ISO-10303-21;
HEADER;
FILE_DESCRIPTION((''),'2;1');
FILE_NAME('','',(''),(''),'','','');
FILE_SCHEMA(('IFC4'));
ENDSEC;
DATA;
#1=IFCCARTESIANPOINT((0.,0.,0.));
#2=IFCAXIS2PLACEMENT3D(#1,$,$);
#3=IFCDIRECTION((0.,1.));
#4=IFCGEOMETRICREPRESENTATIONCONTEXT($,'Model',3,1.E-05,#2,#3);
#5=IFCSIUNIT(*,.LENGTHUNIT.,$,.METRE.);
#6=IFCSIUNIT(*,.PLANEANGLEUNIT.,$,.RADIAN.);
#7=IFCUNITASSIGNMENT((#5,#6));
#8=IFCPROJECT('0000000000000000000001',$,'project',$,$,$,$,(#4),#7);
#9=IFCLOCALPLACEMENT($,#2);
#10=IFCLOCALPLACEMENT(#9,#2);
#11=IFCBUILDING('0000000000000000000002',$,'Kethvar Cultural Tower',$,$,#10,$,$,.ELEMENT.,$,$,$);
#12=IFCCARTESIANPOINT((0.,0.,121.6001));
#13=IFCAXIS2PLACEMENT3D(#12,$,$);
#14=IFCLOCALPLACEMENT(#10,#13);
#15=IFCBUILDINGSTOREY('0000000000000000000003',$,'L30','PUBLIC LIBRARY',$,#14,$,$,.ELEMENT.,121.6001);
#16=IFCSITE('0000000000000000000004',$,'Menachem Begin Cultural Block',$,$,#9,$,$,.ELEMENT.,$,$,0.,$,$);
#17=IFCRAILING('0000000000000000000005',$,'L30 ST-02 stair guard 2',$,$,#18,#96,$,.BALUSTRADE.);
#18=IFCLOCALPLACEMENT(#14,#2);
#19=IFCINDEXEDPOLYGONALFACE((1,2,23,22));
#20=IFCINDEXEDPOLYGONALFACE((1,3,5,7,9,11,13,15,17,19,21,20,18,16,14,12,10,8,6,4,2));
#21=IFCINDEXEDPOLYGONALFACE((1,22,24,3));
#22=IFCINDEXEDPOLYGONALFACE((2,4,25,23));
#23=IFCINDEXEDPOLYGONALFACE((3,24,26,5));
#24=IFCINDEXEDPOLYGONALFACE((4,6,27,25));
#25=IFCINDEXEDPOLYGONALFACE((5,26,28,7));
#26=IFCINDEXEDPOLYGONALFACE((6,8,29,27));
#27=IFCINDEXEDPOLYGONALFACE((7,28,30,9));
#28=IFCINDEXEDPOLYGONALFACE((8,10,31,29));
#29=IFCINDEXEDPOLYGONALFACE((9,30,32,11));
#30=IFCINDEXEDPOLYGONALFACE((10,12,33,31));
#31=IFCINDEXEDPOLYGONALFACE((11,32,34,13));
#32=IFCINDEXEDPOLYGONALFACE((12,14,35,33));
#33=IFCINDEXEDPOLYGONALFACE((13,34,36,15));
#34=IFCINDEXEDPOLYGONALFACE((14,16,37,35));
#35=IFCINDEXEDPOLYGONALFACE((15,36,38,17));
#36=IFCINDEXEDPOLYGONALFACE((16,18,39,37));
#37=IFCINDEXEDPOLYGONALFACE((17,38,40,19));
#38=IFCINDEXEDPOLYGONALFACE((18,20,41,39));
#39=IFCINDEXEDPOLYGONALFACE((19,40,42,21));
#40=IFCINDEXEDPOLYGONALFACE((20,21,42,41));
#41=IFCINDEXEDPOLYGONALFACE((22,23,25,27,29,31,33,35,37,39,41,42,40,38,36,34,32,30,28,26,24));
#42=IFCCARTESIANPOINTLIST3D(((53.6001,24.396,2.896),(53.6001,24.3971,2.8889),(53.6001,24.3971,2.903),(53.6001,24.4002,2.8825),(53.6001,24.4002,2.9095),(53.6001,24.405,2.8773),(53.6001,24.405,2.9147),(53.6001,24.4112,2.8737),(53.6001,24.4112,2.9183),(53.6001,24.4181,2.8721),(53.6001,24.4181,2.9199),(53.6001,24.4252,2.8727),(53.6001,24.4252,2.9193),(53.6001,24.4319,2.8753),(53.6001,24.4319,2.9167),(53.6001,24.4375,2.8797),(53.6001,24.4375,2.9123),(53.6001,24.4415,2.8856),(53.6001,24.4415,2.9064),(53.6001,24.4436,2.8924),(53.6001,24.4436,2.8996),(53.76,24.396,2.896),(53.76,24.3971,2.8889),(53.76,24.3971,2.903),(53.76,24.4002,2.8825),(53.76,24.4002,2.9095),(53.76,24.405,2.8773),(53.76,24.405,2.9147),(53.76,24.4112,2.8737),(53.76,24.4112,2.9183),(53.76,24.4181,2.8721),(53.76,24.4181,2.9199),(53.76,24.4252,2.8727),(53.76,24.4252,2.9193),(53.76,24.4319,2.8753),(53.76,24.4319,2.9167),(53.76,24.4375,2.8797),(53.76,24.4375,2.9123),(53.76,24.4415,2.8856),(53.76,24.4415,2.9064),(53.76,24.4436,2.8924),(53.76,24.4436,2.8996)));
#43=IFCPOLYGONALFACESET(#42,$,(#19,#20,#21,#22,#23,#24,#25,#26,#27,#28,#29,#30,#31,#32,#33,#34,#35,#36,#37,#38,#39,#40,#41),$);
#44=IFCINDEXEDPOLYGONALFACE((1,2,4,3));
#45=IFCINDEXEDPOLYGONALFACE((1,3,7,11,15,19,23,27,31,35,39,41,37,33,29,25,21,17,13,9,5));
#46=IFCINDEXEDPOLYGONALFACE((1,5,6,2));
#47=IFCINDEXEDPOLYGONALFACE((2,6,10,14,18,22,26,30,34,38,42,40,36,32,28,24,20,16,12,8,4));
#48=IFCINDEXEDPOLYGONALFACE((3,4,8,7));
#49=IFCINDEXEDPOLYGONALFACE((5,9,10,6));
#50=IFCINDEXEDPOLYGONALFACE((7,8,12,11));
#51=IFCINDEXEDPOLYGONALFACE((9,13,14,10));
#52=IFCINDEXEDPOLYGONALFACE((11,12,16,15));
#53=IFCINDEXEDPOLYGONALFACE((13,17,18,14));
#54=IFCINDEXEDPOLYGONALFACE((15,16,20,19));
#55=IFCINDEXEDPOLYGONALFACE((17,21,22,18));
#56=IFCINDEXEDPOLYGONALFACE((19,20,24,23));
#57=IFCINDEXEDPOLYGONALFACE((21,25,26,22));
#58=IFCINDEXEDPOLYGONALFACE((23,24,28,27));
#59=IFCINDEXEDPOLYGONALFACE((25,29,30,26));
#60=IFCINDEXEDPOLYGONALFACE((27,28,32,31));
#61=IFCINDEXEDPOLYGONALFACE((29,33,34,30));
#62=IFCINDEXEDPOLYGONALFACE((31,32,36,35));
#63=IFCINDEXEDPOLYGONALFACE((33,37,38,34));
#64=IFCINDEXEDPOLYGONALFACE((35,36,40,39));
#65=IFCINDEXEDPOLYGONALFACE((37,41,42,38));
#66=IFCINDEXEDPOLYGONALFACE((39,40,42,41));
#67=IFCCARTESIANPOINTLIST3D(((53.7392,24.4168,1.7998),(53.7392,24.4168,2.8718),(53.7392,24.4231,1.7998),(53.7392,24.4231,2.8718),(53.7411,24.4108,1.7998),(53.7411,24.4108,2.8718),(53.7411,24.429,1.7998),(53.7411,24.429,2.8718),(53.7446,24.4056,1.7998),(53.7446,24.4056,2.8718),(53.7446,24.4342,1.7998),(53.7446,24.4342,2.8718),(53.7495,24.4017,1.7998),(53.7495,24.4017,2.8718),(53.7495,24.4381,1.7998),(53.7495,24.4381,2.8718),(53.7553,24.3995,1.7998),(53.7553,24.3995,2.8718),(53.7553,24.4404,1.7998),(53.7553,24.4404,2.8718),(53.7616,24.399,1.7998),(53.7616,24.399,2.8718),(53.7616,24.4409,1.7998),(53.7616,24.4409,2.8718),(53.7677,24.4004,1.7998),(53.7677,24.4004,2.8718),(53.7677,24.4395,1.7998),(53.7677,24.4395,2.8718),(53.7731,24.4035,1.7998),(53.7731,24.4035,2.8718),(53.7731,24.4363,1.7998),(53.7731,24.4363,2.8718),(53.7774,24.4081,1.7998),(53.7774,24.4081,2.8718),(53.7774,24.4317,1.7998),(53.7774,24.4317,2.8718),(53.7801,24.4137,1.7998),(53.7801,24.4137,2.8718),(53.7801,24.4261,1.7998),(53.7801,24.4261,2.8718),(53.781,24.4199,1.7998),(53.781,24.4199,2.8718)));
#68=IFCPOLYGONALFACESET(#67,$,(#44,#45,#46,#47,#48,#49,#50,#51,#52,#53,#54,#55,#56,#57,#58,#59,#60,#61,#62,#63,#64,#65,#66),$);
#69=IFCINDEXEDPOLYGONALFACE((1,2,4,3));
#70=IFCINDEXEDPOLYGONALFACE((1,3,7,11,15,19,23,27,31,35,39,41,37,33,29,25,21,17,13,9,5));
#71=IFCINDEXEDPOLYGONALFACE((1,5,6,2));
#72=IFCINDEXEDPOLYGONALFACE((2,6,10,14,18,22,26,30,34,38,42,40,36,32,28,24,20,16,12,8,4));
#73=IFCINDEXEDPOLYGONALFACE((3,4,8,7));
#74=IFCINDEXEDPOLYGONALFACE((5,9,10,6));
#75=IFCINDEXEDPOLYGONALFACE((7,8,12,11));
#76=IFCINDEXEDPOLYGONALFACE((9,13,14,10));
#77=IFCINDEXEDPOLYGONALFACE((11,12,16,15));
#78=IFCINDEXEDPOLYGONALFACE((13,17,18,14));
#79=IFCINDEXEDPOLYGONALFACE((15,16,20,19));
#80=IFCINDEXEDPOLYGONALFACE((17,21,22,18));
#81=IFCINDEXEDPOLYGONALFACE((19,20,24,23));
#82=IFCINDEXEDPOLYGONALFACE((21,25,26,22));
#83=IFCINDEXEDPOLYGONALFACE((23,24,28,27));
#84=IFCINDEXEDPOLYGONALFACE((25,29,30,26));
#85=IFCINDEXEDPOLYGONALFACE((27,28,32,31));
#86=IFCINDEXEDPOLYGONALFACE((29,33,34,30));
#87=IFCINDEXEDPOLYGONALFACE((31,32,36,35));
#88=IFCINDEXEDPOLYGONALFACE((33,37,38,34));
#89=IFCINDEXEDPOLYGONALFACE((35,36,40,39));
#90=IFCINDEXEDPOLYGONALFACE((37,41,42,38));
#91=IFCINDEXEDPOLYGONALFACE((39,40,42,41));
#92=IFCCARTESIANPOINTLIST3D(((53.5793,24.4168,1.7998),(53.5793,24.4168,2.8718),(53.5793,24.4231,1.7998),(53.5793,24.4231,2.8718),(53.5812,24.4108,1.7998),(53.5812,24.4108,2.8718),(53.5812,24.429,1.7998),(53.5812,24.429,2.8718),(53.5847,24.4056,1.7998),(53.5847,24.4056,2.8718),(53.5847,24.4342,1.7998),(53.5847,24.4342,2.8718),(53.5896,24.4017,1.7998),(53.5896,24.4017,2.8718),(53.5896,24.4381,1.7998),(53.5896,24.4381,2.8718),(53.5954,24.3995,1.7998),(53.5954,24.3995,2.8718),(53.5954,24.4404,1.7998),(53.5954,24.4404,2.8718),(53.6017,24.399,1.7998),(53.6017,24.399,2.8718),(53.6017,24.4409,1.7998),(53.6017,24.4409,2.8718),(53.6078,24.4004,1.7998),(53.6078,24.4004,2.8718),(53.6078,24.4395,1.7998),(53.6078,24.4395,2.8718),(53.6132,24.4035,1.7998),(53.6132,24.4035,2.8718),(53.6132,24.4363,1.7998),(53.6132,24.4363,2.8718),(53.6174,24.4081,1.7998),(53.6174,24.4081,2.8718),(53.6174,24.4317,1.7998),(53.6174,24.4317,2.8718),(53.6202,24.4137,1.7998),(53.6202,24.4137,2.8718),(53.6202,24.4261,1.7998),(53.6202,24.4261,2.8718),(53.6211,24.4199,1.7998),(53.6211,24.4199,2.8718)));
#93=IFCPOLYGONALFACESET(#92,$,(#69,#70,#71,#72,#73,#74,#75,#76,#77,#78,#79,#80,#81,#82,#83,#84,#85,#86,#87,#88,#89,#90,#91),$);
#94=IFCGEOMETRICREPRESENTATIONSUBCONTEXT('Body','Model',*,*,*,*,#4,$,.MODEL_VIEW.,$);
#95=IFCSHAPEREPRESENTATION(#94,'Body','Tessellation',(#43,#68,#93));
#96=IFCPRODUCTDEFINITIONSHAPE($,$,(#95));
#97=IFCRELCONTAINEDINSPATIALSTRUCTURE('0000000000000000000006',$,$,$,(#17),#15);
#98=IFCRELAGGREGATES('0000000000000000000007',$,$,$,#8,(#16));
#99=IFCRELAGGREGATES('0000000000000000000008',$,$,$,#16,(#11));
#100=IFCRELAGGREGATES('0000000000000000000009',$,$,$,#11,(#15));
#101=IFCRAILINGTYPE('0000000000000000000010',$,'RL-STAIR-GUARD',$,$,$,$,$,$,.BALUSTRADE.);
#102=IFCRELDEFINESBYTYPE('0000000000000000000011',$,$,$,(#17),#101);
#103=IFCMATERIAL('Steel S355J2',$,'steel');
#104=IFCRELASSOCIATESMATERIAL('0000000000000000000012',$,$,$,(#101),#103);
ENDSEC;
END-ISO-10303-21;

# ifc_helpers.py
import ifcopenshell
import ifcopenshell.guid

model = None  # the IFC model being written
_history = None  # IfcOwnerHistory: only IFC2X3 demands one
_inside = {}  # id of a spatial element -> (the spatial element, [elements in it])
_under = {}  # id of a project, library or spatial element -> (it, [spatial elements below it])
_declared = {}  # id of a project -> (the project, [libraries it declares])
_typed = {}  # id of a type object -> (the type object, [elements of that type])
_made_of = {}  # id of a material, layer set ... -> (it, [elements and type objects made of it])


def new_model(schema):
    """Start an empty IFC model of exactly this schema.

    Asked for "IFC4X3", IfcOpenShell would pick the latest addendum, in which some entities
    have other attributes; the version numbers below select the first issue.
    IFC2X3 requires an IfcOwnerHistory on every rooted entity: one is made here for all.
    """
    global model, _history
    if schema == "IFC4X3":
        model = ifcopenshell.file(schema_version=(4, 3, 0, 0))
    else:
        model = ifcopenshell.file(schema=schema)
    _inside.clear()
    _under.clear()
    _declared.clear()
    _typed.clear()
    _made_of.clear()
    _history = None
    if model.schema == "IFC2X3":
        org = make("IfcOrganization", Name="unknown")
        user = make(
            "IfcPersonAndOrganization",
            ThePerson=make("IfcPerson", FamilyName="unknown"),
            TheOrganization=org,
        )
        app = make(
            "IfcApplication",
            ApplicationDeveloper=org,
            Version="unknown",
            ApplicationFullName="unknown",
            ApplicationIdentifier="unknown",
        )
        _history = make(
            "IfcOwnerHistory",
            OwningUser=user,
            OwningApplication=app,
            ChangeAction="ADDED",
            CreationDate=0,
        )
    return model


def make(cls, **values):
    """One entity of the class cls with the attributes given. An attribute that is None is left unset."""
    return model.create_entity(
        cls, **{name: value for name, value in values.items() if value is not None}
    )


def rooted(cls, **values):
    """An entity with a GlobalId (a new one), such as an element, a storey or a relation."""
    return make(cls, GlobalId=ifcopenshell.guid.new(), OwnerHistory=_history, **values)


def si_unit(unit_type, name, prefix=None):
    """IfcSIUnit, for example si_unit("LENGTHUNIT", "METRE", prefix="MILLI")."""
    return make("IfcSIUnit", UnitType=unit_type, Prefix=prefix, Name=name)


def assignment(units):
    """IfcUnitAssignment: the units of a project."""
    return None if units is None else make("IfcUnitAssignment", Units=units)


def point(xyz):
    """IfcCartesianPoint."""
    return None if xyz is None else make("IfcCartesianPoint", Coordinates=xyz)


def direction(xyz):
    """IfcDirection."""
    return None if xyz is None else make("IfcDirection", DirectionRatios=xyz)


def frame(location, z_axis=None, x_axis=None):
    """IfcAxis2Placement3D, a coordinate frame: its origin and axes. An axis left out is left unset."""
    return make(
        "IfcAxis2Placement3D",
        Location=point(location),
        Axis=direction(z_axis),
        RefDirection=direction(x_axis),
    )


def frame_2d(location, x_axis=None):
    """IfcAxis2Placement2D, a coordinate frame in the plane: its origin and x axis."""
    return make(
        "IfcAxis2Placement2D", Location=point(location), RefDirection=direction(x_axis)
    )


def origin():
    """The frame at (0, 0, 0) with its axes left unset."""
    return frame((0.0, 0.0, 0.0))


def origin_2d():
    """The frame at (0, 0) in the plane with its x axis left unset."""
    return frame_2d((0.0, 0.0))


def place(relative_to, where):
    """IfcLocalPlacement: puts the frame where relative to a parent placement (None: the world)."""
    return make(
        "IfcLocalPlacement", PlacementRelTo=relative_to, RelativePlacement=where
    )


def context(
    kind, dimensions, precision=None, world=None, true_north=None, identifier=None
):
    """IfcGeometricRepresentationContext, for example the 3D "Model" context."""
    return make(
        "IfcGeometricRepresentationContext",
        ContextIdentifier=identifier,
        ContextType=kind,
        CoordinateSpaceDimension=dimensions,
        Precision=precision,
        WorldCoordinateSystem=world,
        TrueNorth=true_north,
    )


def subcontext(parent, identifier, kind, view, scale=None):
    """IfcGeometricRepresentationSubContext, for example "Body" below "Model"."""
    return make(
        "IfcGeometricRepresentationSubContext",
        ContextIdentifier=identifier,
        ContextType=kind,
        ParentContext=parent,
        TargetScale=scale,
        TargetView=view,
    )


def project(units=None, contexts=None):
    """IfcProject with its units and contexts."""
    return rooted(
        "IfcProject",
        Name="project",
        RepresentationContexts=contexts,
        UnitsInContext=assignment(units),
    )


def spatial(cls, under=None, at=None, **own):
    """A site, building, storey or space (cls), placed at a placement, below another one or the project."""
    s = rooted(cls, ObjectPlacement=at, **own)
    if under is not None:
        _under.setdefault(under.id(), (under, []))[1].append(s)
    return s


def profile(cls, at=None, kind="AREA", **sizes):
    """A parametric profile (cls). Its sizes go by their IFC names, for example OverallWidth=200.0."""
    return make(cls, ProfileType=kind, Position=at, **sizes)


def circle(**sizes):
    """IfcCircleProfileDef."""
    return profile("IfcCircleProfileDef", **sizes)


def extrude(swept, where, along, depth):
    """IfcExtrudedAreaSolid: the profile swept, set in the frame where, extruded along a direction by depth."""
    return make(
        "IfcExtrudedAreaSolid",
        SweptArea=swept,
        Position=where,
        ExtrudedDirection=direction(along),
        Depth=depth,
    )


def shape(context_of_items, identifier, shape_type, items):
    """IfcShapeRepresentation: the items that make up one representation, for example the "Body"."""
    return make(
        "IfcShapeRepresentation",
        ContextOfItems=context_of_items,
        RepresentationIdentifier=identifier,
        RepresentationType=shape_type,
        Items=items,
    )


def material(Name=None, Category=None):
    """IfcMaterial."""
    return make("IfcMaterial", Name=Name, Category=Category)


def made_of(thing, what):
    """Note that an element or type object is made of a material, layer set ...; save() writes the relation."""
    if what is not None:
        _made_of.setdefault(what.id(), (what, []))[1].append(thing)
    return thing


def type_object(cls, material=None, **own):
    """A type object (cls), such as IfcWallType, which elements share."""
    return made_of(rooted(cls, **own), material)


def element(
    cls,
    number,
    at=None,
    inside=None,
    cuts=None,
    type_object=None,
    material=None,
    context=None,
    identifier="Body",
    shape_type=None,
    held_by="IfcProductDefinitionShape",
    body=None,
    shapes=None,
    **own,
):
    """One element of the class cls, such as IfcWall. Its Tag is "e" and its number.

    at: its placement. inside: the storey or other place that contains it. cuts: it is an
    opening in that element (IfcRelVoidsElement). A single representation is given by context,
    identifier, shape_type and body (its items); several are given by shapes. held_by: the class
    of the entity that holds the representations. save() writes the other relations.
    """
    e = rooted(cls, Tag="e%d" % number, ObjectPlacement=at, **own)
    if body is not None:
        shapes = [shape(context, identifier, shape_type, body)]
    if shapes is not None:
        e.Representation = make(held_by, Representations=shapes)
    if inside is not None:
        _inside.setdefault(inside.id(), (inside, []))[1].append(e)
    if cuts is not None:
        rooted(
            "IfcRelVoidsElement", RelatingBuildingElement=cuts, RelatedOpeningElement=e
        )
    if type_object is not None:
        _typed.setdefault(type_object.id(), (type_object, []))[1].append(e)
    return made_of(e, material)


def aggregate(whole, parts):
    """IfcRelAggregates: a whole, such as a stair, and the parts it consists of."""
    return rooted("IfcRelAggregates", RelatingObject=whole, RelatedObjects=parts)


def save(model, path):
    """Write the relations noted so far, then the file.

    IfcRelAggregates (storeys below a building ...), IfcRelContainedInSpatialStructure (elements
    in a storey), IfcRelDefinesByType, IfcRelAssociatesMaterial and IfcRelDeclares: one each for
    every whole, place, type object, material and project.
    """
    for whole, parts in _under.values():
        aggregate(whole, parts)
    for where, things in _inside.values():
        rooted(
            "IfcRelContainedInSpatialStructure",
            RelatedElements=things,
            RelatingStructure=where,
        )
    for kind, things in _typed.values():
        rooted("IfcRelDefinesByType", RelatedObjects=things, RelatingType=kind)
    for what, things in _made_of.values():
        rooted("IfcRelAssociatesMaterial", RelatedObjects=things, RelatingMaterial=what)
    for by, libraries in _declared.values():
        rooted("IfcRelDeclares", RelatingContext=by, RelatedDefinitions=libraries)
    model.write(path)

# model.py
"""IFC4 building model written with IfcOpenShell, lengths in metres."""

from ifc_helpers import new_model, si_unit, direction, frame, origin, origin_2d, place, context, subcontext, project, spatial, circle, extrude, material, type_object, element, save


model = new_model("IFC4")

# Units and contexts
model_context = context("Model", 3, precision=1e-05, world=origin(), true_north=direction((0.0, 1.0)))
body_context = subcontext(model_context, "Body", "Model", "MODEL_VIEW")
ifc_project = project(units=[si_unit("LENGTHUNIT", "METRE"), si_unit("PLANEANGLEUNIT", "RADIAN")], contexts=[model_context])

# Site, building, storey
site_placement = place(None, origin())
site = spatial("IfcSite", under=ifc_project, at=site_placement, Name="Menachem Begin Cultural Block", CompositionType="ELEMENT", RefElevation=0.0)
building_placement = place(site_placement, origin())
building = spatial("IfcBuilding", under=site, at=building_placement, Name="Kethvar Cultural Tower", CompositionType="ELEMENT")
storey_placement = place(building_placement, frame((0.0, 0.0, 121.6001)))
storey = spatial("IfcBuildingStorey", under=building, at=storey_placement, Name="L30", Description="PUBLIC LIBRARY", CompositionType="ELEMENT", Elevation=121.6001)

# Shared definitions
ifc_material_1 = material(Name="Steel S355J2", Category="steel")

# Railing
railing_type_1 = type_object("IfcRailingType", Name="RL-STAIR-GUARD", PredefinedType="BALUSTRADE", material=ifc_material_1)
railing_1_placement = place(storey_placement, frame((53.76, 24.4199, 1.7998)))
element("IfcRailing", 1, at=railing_1_placement, inside=storey, type_object=railing_type_1, Name="L30 ST-02 stair guard 2", PredefinedType="BALUSTRADE", context=body_context, shape_type="SweptSolid", body=[
    extrude(circle(Radius=0.0239, at=origin_2d()), frame((0.0, 0.0, 1.0962), z_axis=(-1.0, 0.0, 0.0), x_axis=(0.0, -1.0, 0.0)), (0.0, 0.0, 1.0), 0.1599),
    extrude(circle(Radius=0.021, at=origin_2d()), origin(), (0.0, 0.0, 1.0), 1.072),
    extrude(circle(Radius=0.021, at=origin_2d()), frame((-0.1599, 0.0, 0.0)), (0.0, 0.0, 1.0), 1.072),
])

save(model, "model.ifc")
